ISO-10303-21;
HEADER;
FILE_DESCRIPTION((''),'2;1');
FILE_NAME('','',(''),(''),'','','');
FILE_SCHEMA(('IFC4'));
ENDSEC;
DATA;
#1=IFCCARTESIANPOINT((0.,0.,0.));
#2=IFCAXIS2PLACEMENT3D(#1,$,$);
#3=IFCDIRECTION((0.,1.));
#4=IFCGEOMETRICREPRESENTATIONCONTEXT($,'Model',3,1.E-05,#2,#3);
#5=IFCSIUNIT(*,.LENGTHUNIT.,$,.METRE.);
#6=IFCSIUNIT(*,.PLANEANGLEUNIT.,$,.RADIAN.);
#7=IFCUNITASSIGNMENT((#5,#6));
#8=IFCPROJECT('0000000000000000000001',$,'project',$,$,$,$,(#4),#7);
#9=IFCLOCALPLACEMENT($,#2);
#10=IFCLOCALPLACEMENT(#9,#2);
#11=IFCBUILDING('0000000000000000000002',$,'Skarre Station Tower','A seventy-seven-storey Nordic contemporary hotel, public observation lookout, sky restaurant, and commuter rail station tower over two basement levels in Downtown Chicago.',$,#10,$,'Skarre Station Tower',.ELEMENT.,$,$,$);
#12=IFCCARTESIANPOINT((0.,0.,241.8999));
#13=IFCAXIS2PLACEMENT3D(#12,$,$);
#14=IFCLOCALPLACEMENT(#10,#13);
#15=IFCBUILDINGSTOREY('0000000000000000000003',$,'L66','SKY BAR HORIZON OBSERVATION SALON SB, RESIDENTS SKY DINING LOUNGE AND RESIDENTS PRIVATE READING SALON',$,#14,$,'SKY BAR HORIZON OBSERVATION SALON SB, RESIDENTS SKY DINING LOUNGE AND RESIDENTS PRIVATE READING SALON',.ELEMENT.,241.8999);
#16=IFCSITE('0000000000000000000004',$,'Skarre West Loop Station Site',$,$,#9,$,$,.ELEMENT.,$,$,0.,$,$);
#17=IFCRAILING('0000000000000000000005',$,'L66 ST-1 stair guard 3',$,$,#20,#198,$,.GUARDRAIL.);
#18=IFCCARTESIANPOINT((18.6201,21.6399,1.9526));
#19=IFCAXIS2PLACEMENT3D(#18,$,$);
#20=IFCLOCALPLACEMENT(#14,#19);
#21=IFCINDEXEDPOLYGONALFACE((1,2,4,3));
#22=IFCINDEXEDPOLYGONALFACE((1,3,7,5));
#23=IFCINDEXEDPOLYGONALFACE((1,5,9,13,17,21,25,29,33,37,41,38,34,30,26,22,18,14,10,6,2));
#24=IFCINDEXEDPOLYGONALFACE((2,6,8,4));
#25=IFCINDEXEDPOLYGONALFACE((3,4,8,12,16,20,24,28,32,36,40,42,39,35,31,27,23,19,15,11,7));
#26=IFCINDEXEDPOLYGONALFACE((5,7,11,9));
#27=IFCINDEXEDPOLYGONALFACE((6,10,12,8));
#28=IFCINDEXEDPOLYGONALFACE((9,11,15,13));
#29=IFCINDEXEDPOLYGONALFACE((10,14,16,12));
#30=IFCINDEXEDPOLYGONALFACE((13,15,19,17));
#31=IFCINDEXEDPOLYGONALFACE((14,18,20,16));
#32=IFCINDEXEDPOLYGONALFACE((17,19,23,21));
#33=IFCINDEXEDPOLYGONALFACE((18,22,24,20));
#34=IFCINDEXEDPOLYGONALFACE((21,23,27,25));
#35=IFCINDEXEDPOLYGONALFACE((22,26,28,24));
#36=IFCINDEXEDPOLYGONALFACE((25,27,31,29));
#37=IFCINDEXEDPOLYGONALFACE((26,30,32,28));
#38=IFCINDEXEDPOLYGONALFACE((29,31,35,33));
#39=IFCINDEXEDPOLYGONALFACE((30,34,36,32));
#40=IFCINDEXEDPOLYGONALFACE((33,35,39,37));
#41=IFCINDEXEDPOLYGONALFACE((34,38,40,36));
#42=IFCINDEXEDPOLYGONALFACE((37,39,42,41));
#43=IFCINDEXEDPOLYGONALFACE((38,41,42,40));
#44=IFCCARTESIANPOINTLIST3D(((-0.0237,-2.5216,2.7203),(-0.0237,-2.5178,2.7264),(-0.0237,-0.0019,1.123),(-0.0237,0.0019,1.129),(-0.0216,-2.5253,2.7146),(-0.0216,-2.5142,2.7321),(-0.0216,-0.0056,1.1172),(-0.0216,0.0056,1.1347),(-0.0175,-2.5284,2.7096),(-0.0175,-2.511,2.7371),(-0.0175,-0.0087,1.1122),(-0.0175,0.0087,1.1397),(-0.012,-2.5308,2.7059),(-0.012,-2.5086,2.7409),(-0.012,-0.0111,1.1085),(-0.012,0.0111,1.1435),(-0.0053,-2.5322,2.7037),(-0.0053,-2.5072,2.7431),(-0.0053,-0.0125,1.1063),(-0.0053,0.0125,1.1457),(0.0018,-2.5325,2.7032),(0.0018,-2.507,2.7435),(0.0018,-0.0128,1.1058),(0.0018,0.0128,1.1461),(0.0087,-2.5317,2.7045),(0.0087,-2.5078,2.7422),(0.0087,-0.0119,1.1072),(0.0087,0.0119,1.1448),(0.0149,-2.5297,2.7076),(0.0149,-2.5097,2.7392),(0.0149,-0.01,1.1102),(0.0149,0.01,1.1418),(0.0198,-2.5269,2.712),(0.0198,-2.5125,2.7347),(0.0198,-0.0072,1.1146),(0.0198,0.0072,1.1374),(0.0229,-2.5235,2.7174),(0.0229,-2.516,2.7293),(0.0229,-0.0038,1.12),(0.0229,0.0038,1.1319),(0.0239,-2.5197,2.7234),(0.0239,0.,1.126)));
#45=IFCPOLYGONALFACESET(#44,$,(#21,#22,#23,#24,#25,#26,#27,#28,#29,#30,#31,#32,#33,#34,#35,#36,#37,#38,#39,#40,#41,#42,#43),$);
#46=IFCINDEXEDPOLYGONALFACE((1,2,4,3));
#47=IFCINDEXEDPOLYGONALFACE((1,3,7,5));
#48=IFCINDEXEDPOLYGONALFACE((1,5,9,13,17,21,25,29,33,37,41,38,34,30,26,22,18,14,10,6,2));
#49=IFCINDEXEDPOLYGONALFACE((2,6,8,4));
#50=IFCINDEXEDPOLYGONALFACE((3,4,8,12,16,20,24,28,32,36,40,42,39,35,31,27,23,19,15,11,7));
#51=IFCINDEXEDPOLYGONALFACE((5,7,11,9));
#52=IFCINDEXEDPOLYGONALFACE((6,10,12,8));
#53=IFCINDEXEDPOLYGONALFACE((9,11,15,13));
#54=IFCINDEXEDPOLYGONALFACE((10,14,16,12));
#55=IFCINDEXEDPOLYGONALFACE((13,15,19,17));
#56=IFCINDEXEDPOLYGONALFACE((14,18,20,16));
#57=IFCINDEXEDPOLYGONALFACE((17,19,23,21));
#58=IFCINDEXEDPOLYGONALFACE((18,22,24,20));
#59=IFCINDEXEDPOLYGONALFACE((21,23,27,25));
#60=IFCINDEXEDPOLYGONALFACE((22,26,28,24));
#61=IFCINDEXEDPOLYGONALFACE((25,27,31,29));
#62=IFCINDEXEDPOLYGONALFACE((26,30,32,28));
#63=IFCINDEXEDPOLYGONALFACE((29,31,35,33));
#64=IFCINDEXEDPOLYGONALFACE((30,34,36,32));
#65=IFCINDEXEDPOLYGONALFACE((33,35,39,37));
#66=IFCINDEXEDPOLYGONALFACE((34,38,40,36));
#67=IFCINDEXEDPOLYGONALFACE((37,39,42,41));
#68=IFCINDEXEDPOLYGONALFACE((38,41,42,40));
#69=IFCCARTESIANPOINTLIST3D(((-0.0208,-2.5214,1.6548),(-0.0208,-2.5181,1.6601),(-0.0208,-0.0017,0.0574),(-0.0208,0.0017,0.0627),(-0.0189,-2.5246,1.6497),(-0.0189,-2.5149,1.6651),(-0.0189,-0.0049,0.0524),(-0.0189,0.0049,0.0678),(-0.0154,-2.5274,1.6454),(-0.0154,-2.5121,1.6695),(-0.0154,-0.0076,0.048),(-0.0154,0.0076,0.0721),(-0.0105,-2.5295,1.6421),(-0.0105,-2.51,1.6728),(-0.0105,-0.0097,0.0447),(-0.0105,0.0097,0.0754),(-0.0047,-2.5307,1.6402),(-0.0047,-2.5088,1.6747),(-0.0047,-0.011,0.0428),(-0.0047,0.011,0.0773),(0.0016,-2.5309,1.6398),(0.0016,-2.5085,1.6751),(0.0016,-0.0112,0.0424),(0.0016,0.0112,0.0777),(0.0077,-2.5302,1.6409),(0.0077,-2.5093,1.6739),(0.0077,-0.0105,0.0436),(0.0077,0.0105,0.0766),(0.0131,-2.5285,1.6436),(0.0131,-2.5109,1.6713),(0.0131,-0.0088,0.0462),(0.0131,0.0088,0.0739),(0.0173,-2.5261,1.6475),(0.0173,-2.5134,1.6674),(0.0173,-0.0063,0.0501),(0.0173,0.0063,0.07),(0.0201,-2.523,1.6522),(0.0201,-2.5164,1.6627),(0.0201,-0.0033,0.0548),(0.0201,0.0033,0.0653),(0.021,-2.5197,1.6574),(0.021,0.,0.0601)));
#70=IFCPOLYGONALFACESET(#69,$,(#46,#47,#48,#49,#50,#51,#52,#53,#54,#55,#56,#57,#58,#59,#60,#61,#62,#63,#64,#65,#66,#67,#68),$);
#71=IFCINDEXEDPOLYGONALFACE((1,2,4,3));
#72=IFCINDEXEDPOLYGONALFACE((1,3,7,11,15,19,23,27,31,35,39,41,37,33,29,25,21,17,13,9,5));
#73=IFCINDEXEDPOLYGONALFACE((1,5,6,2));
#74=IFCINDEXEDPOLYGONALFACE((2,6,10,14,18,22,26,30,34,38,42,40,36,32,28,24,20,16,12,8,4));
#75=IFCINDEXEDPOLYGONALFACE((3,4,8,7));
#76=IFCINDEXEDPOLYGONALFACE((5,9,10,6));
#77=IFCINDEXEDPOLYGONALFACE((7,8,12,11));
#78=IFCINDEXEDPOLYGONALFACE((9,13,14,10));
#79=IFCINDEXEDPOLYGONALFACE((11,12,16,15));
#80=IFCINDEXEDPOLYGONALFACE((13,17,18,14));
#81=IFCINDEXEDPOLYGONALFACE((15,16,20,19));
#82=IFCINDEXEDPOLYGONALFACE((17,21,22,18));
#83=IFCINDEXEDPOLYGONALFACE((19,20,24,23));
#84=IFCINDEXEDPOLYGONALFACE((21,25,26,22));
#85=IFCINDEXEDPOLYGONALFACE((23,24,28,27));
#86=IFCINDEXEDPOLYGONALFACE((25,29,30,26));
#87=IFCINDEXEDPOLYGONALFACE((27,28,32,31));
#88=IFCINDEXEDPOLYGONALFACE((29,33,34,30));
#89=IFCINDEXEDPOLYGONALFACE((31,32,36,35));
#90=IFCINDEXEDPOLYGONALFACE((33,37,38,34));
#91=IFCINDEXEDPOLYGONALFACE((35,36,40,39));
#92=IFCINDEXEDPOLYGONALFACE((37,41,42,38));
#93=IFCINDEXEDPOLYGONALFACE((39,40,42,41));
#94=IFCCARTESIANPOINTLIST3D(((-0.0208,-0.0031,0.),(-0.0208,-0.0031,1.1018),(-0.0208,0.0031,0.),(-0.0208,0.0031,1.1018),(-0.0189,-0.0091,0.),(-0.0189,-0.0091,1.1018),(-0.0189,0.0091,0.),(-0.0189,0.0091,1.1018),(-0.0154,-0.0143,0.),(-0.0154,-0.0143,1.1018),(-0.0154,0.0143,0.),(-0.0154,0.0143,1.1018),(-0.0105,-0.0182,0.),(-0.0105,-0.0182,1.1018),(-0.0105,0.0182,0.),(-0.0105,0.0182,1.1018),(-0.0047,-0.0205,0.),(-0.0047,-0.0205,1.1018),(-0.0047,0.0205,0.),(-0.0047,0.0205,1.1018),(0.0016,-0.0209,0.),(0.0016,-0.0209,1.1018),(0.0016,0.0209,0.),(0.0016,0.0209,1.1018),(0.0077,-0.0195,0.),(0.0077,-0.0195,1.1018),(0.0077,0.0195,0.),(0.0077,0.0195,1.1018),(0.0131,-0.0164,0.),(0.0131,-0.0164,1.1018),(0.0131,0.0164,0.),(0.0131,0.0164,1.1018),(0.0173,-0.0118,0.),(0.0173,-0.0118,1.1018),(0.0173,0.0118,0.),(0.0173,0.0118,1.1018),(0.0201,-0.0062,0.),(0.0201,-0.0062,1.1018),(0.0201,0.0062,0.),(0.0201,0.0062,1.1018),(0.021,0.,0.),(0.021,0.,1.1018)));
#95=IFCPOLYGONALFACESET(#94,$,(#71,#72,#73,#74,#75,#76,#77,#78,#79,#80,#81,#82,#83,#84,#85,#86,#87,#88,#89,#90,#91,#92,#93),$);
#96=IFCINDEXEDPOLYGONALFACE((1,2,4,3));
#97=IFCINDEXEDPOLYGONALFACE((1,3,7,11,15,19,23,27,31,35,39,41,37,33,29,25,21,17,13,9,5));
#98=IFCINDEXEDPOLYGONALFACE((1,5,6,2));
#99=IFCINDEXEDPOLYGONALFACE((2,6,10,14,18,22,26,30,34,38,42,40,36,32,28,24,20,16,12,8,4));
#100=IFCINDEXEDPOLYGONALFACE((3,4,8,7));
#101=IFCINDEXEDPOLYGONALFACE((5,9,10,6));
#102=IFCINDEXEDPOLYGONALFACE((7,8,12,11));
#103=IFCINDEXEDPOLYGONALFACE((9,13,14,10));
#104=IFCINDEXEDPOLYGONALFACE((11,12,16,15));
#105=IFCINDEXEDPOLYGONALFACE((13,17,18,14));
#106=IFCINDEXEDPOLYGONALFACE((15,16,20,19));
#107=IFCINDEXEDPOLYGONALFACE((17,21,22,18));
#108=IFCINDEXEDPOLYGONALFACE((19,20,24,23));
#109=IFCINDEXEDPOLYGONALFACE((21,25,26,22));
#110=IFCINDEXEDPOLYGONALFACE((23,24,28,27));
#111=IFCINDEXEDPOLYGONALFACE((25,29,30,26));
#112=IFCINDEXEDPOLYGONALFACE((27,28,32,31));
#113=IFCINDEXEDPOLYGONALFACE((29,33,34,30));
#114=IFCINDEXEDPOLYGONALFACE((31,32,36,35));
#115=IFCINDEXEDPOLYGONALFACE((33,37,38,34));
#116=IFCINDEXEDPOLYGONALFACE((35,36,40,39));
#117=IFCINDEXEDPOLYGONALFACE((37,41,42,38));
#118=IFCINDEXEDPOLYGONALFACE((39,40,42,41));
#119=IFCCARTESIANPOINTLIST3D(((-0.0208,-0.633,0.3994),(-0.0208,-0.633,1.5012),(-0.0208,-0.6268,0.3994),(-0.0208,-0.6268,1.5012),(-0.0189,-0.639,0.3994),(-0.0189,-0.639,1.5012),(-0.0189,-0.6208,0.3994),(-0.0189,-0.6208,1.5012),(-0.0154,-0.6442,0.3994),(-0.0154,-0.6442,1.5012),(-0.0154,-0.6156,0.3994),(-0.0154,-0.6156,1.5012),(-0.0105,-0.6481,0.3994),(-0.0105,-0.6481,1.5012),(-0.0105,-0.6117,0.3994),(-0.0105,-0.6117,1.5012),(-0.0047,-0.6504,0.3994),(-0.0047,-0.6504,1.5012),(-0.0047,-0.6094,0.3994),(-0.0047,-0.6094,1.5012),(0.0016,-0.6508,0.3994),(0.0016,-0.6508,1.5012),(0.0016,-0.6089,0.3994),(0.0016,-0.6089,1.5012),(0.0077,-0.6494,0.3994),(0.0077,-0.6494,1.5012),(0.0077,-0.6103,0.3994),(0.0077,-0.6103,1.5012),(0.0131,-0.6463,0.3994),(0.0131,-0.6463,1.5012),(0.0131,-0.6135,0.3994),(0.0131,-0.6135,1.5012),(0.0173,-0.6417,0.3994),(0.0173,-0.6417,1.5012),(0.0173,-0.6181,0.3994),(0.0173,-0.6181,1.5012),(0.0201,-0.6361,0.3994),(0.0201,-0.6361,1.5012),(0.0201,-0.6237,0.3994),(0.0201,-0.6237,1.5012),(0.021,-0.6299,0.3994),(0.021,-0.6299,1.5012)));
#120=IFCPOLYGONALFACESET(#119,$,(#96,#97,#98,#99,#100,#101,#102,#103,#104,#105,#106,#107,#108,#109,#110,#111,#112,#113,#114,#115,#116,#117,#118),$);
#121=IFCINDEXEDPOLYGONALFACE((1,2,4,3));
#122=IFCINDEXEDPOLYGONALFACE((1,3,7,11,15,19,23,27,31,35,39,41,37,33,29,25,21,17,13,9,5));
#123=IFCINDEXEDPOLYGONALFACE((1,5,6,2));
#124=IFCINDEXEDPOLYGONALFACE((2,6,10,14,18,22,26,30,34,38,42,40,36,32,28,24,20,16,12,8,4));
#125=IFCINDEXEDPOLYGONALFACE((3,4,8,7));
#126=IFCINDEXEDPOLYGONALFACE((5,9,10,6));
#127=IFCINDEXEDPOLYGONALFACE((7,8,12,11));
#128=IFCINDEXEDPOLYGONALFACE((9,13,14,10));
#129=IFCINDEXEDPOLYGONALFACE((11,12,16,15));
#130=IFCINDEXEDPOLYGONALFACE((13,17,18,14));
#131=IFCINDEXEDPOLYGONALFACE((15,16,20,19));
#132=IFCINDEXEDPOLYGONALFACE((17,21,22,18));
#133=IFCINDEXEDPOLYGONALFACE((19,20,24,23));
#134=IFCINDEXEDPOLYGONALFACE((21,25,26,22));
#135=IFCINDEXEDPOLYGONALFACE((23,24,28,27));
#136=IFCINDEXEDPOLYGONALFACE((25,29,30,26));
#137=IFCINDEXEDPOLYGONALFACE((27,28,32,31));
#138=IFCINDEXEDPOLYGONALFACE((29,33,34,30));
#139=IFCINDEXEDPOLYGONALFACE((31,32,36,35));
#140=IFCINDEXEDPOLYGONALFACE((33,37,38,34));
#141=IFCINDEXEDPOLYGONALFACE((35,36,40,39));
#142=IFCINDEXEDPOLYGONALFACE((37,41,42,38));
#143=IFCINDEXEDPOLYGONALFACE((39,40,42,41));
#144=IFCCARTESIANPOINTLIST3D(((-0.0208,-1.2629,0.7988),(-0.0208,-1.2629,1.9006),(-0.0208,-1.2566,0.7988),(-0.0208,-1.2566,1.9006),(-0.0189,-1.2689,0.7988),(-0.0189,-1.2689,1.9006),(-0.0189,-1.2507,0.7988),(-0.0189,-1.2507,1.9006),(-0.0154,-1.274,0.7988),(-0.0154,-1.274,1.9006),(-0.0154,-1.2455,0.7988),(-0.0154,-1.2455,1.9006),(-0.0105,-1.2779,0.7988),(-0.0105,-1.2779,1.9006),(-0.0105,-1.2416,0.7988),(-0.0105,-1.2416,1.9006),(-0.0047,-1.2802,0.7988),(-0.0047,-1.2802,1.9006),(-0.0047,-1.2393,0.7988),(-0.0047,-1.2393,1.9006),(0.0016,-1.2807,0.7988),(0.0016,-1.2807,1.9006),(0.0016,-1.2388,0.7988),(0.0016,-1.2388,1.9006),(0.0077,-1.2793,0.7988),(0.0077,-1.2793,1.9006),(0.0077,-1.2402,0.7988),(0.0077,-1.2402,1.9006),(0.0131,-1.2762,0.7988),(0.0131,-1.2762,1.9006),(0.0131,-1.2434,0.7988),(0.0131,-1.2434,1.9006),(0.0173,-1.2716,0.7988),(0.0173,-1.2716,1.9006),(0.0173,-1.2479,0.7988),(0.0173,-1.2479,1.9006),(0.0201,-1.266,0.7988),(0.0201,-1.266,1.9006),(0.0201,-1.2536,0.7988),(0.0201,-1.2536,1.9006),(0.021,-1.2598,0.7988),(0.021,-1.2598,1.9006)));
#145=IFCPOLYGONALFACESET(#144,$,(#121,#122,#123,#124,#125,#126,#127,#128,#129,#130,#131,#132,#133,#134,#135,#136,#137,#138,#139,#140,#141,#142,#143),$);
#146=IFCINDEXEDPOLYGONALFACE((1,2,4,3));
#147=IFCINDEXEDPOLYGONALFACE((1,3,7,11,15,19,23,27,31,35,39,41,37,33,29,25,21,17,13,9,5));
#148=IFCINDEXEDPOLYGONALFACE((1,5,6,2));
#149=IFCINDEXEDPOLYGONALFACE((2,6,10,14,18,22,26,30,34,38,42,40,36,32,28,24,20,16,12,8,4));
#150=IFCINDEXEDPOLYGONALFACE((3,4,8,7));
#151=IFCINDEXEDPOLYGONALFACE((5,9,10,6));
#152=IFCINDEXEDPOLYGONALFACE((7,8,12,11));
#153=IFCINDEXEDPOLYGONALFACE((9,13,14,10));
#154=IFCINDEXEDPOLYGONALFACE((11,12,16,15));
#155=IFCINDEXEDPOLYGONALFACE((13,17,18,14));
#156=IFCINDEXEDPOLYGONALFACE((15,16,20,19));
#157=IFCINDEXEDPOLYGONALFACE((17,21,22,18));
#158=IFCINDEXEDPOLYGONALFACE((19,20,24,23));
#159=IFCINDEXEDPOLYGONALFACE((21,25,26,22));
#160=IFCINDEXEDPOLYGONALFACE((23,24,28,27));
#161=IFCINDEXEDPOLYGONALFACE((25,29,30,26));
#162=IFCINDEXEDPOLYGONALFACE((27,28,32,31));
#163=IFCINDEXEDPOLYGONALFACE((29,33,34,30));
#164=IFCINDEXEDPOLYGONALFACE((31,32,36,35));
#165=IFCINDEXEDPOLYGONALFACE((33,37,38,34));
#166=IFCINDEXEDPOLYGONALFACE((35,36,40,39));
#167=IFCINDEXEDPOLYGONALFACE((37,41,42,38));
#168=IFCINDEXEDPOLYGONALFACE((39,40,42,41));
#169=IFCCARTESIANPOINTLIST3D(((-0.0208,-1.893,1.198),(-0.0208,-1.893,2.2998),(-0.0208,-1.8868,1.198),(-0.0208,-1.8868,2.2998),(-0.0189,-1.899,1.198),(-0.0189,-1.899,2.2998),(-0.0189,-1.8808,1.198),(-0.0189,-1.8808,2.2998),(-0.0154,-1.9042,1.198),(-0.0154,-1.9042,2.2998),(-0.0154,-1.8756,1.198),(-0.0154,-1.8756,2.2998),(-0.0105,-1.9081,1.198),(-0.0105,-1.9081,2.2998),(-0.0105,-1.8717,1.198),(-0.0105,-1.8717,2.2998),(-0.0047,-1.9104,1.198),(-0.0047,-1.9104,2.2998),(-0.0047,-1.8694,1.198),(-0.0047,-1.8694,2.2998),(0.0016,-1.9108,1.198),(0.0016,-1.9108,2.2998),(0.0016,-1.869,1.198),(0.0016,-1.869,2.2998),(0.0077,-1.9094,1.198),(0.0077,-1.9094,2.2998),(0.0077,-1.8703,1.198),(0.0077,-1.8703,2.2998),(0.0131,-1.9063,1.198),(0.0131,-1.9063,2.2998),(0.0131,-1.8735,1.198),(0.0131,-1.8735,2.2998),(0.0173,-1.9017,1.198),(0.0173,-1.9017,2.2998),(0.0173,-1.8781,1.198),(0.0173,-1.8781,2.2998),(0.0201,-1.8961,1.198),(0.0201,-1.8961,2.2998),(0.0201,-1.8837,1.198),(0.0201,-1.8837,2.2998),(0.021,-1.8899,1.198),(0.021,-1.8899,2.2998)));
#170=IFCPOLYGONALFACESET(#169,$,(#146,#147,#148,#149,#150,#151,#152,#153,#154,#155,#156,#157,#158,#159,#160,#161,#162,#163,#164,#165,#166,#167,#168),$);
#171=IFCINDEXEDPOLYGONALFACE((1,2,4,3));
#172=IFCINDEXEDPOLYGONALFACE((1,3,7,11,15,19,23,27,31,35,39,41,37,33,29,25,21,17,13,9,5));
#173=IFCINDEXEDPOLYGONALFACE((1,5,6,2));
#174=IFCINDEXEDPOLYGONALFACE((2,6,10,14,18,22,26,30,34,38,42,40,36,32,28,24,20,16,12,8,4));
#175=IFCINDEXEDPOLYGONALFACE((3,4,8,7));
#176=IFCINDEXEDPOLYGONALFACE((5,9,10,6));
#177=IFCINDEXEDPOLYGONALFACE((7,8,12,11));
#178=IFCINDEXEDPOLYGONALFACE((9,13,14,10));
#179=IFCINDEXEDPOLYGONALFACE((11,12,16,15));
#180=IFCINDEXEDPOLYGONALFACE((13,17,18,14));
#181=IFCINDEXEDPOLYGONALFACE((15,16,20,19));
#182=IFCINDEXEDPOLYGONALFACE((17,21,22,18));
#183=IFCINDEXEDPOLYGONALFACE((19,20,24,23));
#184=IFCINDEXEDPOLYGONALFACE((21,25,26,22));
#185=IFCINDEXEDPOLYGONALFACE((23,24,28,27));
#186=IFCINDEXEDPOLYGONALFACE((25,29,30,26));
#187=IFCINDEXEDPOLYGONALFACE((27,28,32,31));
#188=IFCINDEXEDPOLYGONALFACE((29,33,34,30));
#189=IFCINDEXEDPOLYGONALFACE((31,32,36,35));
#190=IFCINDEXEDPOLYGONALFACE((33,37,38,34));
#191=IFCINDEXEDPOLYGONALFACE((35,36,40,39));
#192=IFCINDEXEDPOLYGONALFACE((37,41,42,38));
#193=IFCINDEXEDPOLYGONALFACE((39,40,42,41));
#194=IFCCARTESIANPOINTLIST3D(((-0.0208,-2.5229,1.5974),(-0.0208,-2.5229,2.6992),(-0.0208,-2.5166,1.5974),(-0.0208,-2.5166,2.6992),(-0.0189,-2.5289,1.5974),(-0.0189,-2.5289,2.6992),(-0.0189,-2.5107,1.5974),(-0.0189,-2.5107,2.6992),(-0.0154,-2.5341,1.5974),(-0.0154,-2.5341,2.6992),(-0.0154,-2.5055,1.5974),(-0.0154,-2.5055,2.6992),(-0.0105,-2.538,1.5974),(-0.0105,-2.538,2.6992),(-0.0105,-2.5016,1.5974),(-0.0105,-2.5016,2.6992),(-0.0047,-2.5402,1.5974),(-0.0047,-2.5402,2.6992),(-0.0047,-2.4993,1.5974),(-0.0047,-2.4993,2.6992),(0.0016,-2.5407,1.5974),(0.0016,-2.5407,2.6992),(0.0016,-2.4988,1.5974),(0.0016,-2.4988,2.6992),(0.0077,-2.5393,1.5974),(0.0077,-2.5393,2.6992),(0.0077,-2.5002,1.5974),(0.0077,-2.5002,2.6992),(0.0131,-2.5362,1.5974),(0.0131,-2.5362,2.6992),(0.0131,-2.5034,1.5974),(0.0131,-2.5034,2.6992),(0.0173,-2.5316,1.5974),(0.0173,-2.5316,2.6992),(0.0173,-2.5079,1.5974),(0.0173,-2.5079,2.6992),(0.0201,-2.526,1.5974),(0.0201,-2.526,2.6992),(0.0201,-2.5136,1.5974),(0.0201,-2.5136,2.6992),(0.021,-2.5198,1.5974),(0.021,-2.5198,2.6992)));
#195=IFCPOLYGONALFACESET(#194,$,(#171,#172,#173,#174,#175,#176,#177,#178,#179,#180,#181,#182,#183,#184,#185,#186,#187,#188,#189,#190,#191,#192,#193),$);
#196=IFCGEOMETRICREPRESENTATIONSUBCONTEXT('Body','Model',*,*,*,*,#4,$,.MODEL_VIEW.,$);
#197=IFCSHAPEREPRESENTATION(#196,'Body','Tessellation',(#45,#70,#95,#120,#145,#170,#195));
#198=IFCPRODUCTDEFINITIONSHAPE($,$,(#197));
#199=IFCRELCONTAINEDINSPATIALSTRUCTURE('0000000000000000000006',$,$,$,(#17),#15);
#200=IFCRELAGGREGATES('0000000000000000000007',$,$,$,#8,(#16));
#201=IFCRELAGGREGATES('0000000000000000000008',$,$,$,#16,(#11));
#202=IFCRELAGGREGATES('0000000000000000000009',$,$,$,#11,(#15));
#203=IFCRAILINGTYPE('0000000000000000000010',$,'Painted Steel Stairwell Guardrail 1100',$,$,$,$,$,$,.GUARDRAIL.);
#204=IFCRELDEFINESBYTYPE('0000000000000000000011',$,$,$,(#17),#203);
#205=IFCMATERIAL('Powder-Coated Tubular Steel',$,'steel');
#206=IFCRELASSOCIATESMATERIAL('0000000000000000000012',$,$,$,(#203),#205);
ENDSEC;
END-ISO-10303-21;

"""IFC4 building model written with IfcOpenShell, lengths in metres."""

from ifc_helpers import new_model, si_unit, direction, frame, origin, origin_2d, place, context, subcontext, project, spatial, circle, extrude, material, type_object, element, save


model = new_model("IFC4")

# Units and contexts
model_context = context("Model", 3, precision=1e-05, world=origin(), true_north=direction((0.0, 1.0)))
body_context = subcontext(model_context, "Body", "Model", "MODEL_VIEW")
ifc_project = project(units=[si_unit("LENGTHUNIT", "METRE"), si_unit("PLANEANGLEUNIT", "RADIAN")], contexts=[model_context])

# Site, building, storey
site_placement = place(None, origin())
site = spatial("IfcSite", under=ifc_project, at=site_placement, Name="Skarre West Loop Station Site", CompositionType="ELEMENT", RefElevation=0.0)
building_placement = place(site_placement, origin())
building = spatial("IfcBuilding", under=site, at=building_placement, Name="Skarre Station Tower", Description="A seventy-seven-storey Nordic contemporary hotel, public observation lookout, sky restaurant, and commuter rail station tower over two basement levels in Downtown Chicago.", LongName="Skarre Station Tower", CompositionType="ELEMENT")
storey_placement = place(building_placement, frame((0.0, 0.0, 241.8999)))
storey = spatial("IfcBuildingStorey", under=building, at=storey_placement, Name="L66", Description="SKY BAR HORIZON OBSERVATION SALON SB, RESIDENTS SKY DINING LOUNGE AND RESIDENTS PRIVATE READING SALON", LongName="SKY BAR HORIZON OBSERVATION SALON SB, RESIDENTS SKY DINING LOUNGE AND RESIDENTS PRIVATE READING SALON", CompositionType="ELEMENT", Elevation=241.8999)

# Railing
ifc_material_1 = material(Name="Powder-Coated Tubular Steel", Category="steel")
railing_type_1 = type_object("IfcRailingType", Name="Painted Steel Stairwell Guardrail 1100", PredefinedType="GUARDRAIL", material=ifc_material_1)
railing_1_placement = place(storey_placement, frame((18.6201, 21.6399, 1.9526)))
element("IfcRailing", 1, at=railing_1_placement, inside=storey, type_object=railing_type_1, Name="L66 ST-1 stair guard 3", PredefinedType="GUARDRAIL", context=body_context, shape_type="SweptSolid", body=[
    extrude(circle(Radius=0.0239, at=origin_2d()), frame((0.0, 0.0, 1.126), z_axis=(0.0, -0.844583, 0.535424), x_axis=(1.0, 0.0, 0.0)), (0.0, 0.0, 1.0), 2.9834),
    extrude(circle(Radius=0.021, at=origin_2d()), frame((0.0, 0.0, 0.0601), z_axis=(0.0, -0.844583, 0.535424), x_axis=(1.0, 0.0, 0.0)), (0.0, 0.0, 1.0), 2.9834),
    extrude(circle(Radius=0.021, at=origin_2d()), origin(), (0.0, 0.0, 1.0), 1.1018),
    extrude(circle(Radius=0.021, at=origin_2d()), frame((0.0, -0.6299, 0.3994)), (0.0, 0.0, 1.0), 1.1018),
    extrude(circle(Radius=0.021, at=origin_2d()), frame((0.0, -1.2598, 0.7988)), (0.0, 0.0, 1.0), 1.1018),
    extrude(circle(Radius=0.021, at=origin_2d()), frame((0.0, -1.8899, 1.198)), (0.0, 0.0, 1.0), 1.1018),
    extrude(circle(Radius=0.021, at=origin_2d()), frame((0.0, -2.5198, 1.5974)), (0.0, 0.0, 1.0), 1.1018),
])

save(model, "model.ifc")
